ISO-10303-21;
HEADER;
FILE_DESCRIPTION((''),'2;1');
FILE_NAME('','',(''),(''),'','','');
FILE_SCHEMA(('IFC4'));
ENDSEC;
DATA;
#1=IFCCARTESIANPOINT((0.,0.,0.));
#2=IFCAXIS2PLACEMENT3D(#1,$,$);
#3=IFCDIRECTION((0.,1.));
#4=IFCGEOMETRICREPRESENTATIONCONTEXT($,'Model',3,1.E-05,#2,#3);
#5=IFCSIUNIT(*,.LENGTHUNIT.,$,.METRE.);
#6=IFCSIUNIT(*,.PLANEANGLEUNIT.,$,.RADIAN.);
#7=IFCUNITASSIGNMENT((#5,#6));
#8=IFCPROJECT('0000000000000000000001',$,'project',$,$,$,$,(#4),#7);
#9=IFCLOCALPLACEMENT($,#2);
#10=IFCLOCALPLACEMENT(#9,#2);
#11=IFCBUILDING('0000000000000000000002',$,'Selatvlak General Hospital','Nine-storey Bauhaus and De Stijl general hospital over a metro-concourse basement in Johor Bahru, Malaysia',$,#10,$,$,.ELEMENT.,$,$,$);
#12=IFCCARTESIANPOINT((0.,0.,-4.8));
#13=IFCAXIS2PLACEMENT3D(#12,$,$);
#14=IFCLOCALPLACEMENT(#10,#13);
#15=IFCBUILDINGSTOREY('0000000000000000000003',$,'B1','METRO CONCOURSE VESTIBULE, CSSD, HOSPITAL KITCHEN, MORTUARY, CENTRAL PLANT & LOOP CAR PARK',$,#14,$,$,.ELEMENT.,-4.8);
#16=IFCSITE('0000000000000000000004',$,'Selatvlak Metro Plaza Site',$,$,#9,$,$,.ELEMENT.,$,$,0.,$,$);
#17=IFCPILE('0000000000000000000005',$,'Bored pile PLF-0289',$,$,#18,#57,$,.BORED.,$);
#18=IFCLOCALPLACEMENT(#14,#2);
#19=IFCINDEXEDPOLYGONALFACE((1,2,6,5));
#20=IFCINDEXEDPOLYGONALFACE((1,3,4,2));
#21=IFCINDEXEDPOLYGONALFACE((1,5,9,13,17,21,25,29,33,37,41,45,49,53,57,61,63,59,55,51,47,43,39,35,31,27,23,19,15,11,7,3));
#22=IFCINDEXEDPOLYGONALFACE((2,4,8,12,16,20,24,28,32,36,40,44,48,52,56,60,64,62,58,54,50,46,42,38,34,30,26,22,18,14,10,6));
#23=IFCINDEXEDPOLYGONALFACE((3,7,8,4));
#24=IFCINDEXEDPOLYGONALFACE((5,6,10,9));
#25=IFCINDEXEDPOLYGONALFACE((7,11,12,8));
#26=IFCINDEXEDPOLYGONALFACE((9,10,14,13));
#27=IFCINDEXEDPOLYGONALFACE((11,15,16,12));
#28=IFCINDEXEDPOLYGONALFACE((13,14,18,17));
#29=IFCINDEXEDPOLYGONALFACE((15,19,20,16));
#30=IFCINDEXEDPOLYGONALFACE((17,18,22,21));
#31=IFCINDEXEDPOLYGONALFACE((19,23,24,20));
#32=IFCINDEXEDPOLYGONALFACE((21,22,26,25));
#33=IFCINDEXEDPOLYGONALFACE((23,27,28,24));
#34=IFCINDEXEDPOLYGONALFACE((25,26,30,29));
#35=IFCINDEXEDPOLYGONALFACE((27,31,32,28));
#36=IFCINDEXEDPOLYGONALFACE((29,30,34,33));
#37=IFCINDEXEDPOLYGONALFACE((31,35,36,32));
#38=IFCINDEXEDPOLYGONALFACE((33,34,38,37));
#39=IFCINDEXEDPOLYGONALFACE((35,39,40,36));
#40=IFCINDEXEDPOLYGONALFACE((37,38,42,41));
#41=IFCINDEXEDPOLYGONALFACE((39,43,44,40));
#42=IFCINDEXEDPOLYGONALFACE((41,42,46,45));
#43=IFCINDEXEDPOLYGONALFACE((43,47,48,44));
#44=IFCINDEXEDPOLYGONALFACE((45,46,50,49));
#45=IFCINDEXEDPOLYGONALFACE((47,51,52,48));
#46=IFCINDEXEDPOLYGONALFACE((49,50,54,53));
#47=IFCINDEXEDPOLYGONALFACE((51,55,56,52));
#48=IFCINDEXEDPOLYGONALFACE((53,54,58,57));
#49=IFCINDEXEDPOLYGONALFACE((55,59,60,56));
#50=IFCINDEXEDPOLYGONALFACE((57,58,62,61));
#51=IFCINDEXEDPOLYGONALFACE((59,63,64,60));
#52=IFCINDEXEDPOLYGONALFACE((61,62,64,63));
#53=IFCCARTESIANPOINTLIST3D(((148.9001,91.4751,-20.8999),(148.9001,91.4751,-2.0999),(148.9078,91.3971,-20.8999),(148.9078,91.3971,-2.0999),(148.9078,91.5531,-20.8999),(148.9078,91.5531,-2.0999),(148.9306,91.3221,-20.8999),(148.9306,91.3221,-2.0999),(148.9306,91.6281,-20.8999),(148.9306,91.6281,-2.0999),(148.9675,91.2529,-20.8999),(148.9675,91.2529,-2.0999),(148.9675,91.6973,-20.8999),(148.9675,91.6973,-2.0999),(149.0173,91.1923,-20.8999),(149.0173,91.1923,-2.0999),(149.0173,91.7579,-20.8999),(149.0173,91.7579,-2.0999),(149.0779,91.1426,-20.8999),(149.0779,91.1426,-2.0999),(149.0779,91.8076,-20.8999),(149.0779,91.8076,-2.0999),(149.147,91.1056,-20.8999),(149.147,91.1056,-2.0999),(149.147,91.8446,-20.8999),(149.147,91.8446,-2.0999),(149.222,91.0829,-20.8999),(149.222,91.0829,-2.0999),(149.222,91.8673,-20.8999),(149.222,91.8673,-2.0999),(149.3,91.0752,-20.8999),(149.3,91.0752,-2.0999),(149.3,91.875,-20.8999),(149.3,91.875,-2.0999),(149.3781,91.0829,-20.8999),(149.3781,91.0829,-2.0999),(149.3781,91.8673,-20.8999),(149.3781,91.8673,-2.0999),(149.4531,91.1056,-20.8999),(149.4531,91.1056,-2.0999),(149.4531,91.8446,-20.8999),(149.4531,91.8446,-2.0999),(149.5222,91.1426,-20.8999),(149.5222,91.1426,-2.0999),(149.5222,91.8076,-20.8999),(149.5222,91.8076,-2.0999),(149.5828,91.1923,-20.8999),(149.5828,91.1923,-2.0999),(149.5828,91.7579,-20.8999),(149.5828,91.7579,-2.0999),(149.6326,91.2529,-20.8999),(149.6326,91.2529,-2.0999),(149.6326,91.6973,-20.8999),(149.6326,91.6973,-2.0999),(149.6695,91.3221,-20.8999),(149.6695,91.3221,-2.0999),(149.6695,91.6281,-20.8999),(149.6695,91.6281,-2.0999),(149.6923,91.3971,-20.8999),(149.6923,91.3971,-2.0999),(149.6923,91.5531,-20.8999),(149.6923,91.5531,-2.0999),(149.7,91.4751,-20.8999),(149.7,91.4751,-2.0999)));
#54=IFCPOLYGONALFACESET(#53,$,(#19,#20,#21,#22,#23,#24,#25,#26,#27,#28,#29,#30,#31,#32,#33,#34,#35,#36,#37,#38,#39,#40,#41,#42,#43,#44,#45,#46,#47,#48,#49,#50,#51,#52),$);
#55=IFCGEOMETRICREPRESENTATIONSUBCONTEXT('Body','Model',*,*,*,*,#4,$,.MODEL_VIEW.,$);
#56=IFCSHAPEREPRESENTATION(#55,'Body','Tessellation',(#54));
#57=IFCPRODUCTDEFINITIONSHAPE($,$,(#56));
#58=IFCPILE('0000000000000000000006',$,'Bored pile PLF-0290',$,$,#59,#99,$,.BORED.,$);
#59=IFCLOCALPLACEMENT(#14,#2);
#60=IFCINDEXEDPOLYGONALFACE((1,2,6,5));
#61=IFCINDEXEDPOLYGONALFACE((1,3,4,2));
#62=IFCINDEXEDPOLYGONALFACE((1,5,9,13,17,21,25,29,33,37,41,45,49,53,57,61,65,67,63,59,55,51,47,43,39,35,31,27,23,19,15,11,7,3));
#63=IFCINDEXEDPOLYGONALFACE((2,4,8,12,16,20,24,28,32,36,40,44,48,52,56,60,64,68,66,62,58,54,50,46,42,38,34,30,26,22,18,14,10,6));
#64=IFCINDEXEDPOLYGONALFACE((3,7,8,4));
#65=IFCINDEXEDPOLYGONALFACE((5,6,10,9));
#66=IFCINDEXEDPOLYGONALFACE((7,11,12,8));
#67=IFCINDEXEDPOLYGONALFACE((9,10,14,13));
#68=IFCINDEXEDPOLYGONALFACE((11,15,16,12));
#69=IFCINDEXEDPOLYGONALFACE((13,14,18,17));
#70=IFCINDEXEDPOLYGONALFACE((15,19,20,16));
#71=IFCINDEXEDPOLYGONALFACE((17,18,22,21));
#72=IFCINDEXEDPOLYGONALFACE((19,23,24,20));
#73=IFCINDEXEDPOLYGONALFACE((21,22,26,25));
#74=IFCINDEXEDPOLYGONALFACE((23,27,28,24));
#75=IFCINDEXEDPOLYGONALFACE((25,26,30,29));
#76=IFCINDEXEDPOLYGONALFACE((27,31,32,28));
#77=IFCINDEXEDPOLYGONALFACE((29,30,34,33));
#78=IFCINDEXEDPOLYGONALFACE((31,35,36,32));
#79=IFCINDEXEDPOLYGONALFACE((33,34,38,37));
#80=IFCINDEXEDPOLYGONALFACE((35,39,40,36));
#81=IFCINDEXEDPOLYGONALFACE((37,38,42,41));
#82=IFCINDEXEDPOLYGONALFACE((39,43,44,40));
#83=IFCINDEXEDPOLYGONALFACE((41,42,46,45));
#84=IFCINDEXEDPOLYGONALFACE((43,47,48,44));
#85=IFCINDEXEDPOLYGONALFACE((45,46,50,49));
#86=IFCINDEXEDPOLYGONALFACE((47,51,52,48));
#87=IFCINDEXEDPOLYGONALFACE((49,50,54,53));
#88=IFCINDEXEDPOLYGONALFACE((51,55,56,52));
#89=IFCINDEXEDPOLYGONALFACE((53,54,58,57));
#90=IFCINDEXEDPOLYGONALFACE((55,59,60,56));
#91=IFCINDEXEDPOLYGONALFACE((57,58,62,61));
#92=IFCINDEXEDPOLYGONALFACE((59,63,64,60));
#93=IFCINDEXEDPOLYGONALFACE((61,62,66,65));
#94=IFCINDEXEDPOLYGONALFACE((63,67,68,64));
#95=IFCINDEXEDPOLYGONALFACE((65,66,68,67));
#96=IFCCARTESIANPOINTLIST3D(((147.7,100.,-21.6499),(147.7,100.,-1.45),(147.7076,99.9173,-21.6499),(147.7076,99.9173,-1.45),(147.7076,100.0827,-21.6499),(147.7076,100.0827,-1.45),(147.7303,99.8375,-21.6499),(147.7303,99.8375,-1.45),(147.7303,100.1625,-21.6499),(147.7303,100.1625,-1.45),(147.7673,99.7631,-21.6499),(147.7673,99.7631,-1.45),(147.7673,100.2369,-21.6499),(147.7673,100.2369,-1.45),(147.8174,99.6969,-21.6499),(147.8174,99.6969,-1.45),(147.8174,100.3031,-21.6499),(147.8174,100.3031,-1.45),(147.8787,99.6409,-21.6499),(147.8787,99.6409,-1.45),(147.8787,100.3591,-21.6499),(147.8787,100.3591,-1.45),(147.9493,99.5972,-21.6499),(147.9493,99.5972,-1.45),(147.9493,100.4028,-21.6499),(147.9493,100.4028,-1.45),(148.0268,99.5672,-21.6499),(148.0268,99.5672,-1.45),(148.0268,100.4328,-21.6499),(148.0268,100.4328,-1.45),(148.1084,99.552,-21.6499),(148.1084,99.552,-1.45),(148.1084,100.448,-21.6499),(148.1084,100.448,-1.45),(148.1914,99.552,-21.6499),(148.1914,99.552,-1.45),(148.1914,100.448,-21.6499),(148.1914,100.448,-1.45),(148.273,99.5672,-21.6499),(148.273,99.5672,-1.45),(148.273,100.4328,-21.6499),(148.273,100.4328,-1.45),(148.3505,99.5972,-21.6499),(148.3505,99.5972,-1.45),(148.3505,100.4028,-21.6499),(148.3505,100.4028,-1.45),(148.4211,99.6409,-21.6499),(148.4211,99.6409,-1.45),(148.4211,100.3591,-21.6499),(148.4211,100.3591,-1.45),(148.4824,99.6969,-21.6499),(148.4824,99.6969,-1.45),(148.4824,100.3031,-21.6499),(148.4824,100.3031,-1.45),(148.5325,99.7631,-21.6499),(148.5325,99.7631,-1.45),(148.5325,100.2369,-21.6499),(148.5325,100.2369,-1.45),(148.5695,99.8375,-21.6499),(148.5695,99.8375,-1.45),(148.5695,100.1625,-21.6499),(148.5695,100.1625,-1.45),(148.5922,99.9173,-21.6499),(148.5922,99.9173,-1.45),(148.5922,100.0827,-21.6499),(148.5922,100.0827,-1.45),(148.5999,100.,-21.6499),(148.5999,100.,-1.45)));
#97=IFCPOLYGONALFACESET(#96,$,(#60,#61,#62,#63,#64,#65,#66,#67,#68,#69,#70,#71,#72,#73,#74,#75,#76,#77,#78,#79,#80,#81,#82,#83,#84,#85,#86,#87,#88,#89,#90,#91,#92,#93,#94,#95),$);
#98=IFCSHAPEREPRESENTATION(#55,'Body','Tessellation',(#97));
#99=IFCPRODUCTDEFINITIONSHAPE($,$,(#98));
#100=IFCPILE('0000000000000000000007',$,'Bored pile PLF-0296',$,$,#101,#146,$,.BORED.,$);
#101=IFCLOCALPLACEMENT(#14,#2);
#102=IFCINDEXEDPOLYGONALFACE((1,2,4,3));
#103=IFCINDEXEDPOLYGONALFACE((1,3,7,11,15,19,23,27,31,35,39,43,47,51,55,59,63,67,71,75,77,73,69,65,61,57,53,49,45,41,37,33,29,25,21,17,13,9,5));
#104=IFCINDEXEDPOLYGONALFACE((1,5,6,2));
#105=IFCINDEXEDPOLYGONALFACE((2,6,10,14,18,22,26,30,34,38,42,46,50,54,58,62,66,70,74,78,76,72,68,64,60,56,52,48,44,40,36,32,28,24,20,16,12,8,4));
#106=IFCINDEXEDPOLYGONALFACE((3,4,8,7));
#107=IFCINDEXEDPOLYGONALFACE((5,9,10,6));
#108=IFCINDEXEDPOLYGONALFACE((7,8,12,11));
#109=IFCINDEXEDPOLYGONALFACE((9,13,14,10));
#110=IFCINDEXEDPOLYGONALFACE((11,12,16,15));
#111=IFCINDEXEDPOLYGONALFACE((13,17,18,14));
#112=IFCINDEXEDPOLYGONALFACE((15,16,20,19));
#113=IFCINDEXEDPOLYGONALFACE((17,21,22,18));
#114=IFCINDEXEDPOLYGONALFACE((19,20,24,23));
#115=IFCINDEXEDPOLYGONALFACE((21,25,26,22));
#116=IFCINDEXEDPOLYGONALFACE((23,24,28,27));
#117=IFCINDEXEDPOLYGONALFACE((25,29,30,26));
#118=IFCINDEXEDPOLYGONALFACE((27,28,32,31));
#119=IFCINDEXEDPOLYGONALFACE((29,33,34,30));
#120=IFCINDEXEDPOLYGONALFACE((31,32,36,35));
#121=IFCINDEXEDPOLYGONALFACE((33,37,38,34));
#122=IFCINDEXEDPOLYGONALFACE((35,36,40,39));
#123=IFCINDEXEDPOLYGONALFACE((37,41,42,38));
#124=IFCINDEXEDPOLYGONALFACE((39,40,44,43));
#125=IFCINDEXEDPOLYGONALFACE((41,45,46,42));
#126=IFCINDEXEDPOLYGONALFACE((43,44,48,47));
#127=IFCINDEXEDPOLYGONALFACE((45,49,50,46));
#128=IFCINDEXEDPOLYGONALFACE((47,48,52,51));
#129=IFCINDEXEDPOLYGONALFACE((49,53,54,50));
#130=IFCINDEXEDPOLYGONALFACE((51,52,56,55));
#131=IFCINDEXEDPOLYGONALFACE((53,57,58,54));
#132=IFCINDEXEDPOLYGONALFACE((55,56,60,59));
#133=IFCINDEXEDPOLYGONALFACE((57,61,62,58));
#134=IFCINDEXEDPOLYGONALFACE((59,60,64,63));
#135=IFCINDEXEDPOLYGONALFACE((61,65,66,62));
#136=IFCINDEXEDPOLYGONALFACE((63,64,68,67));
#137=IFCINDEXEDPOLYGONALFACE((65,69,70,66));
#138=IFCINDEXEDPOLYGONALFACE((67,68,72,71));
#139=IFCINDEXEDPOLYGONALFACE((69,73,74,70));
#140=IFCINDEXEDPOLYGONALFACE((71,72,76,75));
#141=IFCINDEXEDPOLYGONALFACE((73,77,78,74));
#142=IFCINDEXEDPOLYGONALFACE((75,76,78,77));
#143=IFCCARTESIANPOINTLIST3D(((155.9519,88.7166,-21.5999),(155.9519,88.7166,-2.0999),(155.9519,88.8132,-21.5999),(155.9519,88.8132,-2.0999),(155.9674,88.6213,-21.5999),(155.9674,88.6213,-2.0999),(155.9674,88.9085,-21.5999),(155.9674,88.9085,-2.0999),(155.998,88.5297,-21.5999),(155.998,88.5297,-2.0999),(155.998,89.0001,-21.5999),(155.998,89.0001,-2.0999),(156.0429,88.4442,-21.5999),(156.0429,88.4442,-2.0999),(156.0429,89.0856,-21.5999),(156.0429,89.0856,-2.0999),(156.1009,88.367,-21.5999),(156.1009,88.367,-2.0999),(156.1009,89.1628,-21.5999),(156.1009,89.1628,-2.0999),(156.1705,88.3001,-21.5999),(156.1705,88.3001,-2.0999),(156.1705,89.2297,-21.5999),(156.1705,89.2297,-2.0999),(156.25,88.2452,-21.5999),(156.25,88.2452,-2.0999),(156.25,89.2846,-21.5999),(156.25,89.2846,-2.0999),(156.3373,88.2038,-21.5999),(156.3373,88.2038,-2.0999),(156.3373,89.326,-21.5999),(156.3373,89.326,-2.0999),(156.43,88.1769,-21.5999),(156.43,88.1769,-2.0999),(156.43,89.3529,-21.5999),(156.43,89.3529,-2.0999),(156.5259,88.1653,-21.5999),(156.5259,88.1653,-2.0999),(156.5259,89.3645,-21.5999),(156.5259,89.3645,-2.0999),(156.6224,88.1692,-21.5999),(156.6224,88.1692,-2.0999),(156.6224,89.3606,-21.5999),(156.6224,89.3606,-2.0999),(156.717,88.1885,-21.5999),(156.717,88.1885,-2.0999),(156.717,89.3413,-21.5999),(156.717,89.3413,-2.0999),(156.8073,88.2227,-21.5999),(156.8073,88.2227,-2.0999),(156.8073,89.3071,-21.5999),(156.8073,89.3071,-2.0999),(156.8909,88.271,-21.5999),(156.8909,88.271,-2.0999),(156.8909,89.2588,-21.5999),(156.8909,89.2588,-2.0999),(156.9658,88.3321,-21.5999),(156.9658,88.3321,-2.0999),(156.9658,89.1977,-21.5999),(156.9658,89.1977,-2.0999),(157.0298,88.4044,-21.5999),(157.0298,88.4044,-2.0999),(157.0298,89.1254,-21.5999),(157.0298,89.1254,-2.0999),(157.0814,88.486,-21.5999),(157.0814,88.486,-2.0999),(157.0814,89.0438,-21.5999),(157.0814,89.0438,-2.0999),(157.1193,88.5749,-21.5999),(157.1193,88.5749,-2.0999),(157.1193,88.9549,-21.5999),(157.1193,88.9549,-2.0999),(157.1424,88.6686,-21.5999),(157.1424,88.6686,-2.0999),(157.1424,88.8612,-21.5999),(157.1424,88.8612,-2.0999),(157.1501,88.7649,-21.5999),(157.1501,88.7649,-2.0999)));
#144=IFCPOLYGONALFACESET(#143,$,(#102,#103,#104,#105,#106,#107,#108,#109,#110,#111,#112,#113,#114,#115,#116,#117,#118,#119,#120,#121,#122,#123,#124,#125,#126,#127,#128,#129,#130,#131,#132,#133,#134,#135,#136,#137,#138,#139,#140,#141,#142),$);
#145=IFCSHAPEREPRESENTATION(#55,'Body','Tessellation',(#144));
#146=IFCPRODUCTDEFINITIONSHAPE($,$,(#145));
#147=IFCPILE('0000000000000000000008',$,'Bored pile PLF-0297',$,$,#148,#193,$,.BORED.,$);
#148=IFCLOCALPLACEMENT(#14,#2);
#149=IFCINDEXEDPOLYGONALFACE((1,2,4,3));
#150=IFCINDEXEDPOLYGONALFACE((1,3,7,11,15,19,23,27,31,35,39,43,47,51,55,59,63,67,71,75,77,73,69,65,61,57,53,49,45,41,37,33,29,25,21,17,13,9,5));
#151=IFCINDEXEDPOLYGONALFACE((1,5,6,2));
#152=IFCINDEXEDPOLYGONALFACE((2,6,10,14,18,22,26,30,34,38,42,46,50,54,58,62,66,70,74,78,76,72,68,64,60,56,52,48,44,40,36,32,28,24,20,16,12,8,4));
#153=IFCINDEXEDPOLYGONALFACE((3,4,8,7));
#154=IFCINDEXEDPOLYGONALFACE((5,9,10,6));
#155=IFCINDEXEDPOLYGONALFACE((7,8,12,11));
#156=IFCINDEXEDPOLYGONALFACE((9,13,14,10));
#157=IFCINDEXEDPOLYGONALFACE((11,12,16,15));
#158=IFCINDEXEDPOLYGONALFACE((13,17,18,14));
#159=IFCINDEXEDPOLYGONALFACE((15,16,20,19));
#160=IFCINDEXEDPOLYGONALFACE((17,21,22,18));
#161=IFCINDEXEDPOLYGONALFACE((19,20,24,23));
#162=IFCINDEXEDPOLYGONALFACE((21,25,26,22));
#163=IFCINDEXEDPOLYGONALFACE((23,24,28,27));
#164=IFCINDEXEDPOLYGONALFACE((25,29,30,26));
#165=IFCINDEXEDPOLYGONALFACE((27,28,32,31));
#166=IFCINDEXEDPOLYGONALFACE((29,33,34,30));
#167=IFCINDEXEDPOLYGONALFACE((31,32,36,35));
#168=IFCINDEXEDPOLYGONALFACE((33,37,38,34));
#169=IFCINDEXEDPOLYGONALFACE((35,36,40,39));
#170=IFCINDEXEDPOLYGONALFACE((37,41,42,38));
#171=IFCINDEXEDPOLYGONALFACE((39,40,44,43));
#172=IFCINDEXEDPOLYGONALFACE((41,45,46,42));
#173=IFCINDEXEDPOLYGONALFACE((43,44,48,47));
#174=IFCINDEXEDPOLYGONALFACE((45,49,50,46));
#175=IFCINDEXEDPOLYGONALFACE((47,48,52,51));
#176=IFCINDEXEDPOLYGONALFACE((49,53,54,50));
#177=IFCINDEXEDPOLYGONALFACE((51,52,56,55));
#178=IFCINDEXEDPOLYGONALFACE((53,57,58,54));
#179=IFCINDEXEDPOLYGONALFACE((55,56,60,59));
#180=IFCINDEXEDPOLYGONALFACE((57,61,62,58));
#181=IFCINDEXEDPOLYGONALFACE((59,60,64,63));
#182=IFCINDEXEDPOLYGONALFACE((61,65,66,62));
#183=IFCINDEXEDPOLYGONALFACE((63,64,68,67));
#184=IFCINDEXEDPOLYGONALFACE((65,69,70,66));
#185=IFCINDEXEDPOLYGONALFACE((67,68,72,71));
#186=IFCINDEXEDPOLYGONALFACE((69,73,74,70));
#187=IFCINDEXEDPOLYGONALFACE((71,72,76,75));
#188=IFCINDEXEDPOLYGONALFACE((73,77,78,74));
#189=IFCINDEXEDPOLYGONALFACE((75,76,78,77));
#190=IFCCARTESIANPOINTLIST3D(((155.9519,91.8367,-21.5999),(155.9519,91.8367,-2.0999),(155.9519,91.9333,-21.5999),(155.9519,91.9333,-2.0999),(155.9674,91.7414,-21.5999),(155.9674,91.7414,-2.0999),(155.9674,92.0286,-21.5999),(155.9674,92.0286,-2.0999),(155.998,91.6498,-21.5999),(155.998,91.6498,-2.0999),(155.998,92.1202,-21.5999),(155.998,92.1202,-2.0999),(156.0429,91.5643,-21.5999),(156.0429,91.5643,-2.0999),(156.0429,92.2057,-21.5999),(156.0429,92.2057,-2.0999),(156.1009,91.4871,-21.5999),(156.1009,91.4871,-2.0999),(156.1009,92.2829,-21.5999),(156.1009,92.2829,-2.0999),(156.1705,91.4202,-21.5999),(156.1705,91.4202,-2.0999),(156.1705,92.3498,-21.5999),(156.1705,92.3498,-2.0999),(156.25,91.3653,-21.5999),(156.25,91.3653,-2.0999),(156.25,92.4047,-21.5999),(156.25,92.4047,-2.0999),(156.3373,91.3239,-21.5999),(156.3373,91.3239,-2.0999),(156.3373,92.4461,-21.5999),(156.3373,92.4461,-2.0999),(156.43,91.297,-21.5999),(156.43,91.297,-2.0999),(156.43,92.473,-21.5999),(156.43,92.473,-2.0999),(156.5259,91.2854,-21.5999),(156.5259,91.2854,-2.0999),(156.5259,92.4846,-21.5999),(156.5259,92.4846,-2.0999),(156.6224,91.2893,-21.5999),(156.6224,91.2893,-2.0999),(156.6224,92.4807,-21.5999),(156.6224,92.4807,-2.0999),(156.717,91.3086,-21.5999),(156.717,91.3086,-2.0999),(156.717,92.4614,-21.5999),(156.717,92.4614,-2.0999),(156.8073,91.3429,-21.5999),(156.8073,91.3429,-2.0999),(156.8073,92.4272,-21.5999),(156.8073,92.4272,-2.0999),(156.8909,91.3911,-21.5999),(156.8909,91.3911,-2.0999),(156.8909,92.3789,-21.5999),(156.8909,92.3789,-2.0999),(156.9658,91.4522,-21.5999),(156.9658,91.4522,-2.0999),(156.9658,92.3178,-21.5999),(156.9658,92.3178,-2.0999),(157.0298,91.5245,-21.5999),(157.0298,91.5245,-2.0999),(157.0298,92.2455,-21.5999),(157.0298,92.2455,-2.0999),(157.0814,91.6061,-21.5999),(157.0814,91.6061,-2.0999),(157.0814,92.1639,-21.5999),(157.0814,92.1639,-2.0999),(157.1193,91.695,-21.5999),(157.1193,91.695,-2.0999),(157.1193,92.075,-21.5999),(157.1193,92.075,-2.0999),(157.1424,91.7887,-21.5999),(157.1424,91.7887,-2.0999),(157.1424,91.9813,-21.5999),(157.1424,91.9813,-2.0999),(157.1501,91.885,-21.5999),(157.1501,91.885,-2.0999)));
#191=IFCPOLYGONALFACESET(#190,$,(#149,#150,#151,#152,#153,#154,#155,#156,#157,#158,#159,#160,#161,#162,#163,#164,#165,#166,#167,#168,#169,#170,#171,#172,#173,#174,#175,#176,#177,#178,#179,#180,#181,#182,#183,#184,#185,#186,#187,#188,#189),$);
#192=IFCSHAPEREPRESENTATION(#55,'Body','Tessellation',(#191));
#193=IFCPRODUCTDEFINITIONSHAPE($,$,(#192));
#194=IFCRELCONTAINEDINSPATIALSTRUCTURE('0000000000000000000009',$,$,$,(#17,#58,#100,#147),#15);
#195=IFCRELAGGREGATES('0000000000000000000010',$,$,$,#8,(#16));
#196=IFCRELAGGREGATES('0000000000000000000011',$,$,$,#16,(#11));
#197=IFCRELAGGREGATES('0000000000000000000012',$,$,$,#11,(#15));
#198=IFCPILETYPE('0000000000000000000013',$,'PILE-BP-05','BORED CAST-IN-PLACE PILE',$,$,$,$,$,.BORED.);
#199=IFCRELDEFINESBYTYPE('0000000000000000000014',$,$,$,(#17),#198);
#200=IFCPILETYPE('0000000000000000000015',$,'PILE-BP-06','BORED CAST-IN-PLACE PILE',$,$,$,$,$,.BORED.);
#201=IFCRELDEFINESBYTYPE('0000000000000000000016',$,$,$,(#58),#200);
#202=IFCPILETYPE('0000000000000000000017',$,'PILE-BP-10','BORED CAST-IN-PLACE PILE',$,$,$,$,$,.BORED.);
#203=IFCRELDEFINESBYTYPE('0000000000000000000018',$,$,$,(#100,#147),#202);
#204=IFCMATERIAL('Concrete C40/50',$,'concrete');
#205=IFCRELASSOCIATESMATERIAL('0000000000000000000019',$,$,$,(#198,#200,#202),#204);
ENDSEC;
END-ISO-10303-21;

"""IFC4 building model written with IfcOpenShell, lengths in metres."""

from ifc_helpers import new_model, si_unit, direction, frame, origin, origin_2d, place, context, subcontext, project, spatial, circle, extrude, material, material_profile, profile_set, type_object, element, save


model = new_model("IFC4")

# Units and contexts
model_context = context("Model", 3, precision=1e-05, world=origin(), true_north=direction((0.0, 1.0)))
body_context = subcontext(model_context, "Body", "Model", "MODEL_VIEW")
ifc_project = project(units=[si_unit("LENGTHUNIT", "METRE"), si_unit("PLANEANGLEUNIT", "RADIAN")], contexts=[model_context])

# Site, building, storey
site_placement = place(None, origin())
site = spatial("IfcSite", under=ifc_project, at=site_placement, Name="Selatvlak Metro Plaza Site", CompositionType="ELEMENT", RefElevation=0.0)
building_placement = place(site_placement, origin())
building = spatial("IfcBuilding", under=site, at=building_placement, Name="Selatvlak General Hospital", Description="Nine-storey Bauhaus and De Stijl general hospital over a metro-concourse basement in Johor Bahru, Malaysia", CompositionType="ELEMENT")
storey_placement = place(building_placement, frame((0.0, 0.0, -4.8)))
storey = spatial("IfcBuildingStorey", under=building, at=storey_placement, Name="B1", Description="METRO CONCOURSE VESTIBULE, CSSD, HOSPITAL KITCHEN, MORTUARY, CENTRAL PLANT & LOOP CAR PARK", CompositionType="ELEMENT", Elevation=-4.8)

# Shared definitions
ifc_material_1 = material(Name="Concrete C40/50", Category="concrete")

# Piles
ifc_material_profile_1 = material_profile(ifc_material_1, circle(Radius=0.3999, at=origin_2d()), Name="BORED PILE 800")
ifc_profile_set_1 = profile_set([ifc_material_profile_1], Name="Concrete C40/50")
pile_type_1 = type_object("IfcPileType", Name="PILE-BP-05", Description="BORED CAST-IN-PLACE PILE", PredefinedType="BORED", material=ifc_profile_set_1)
for number, where, z_axis, x_axis, name in (
    (1, (149.3, 91.4751, -2.0999), (0.0, 0.0, -1.0), (1.0, 0.0, 0.0), "Bored pile PLF-0289"),
):
    element("IfcPile", number, at=place(storey_placement, frame(where, z_axis=z_axis, x_axis=x_axis)), inside=storey, type_object=pile_type_1, Name=name, PredefinedType="BORED", context=body_context, shape_type="SweptSolid", body=[
        extrude(circle(Radius=0.3999, at=origin_2d()), origin(), (0.0, 0.0, 1.0), 18.8),
    ])
ifc_material_profile_2 = material_profile(ifc_material_1, circle(Radius=0.45, at=origin_2d()), Name="BORED PILE 900")
ifc_profile_set_2 = profile_set([ifc_material_profile_2], Name="Concrete C40/50")
pile_type_2 = type_object("IfcPileType", Name="PILE-BP-06", Description="BORED CAST-IN-PLACE PILE", PredefinedType="BORED", material=ifc_profile_set_2)
pile_1_placement = place(storey_placement, frame((148.1499, 100.0, -1.45), z_axis=(0.0, 0.0, -1.0), x_axis=(1.0, 0.0, 0.0)))
element("IfcPile", 2, at=pile_1_placement, inside=storey, type_object=pile_type_2, Name="Bored pile PLF-0290", PredefinedType="BORED", context=body_context, shape_type="SweptSolid", body=[
    extrude(circle(Radius=0.45, at=origin_2d()), origin(), (0.0, 0.0, 1.0), 20.2),
])
ifc_material_profile_3 = material_profile(ifc_material_1, circle(Radius=0.6001, at=origin_2d()), Name="BORED PILE 1200")
ifc_profile_set_3 = profile_set([ifc_material_profile_3], Name="Concrete C40/50")
pile_type_3 = type_object("IfcPileType", Name="PILE-BP-10", Description="BORED CAST-IN-PLACE PILE", PredefinedType="BORED", material=ifc_profile_set_3)
for number, where, z_axis, x_axis, name in (
    (3, (156.55, 88.7649, -2.0999), (0.0, 0.0, -1.0), (1.0, 0.0, 0.0), "Bored pile PLF-0296"),
    (4, (156.55, 91.885, -2.0999), (0.0, 0.0, -1.0), (1.0, 0.0, 0.0), "Bored pile PLF-0297"),
):
    element("IfcPile", number, at=place(storey_placement, frame(where, z_axis=z_axis, x_axis=x_axis)), inside=storey, type_object=pile_type_3, Name=name, PredefinedType="BORED", context=body_context, shape_type="SweptSolid", body=[
        extrude(circle(Radius=0.6001, at=origin_2d()), origin(), (0.0, 0.0, 1.0), 19.5),
    ])

save(model, "model.ifc")
